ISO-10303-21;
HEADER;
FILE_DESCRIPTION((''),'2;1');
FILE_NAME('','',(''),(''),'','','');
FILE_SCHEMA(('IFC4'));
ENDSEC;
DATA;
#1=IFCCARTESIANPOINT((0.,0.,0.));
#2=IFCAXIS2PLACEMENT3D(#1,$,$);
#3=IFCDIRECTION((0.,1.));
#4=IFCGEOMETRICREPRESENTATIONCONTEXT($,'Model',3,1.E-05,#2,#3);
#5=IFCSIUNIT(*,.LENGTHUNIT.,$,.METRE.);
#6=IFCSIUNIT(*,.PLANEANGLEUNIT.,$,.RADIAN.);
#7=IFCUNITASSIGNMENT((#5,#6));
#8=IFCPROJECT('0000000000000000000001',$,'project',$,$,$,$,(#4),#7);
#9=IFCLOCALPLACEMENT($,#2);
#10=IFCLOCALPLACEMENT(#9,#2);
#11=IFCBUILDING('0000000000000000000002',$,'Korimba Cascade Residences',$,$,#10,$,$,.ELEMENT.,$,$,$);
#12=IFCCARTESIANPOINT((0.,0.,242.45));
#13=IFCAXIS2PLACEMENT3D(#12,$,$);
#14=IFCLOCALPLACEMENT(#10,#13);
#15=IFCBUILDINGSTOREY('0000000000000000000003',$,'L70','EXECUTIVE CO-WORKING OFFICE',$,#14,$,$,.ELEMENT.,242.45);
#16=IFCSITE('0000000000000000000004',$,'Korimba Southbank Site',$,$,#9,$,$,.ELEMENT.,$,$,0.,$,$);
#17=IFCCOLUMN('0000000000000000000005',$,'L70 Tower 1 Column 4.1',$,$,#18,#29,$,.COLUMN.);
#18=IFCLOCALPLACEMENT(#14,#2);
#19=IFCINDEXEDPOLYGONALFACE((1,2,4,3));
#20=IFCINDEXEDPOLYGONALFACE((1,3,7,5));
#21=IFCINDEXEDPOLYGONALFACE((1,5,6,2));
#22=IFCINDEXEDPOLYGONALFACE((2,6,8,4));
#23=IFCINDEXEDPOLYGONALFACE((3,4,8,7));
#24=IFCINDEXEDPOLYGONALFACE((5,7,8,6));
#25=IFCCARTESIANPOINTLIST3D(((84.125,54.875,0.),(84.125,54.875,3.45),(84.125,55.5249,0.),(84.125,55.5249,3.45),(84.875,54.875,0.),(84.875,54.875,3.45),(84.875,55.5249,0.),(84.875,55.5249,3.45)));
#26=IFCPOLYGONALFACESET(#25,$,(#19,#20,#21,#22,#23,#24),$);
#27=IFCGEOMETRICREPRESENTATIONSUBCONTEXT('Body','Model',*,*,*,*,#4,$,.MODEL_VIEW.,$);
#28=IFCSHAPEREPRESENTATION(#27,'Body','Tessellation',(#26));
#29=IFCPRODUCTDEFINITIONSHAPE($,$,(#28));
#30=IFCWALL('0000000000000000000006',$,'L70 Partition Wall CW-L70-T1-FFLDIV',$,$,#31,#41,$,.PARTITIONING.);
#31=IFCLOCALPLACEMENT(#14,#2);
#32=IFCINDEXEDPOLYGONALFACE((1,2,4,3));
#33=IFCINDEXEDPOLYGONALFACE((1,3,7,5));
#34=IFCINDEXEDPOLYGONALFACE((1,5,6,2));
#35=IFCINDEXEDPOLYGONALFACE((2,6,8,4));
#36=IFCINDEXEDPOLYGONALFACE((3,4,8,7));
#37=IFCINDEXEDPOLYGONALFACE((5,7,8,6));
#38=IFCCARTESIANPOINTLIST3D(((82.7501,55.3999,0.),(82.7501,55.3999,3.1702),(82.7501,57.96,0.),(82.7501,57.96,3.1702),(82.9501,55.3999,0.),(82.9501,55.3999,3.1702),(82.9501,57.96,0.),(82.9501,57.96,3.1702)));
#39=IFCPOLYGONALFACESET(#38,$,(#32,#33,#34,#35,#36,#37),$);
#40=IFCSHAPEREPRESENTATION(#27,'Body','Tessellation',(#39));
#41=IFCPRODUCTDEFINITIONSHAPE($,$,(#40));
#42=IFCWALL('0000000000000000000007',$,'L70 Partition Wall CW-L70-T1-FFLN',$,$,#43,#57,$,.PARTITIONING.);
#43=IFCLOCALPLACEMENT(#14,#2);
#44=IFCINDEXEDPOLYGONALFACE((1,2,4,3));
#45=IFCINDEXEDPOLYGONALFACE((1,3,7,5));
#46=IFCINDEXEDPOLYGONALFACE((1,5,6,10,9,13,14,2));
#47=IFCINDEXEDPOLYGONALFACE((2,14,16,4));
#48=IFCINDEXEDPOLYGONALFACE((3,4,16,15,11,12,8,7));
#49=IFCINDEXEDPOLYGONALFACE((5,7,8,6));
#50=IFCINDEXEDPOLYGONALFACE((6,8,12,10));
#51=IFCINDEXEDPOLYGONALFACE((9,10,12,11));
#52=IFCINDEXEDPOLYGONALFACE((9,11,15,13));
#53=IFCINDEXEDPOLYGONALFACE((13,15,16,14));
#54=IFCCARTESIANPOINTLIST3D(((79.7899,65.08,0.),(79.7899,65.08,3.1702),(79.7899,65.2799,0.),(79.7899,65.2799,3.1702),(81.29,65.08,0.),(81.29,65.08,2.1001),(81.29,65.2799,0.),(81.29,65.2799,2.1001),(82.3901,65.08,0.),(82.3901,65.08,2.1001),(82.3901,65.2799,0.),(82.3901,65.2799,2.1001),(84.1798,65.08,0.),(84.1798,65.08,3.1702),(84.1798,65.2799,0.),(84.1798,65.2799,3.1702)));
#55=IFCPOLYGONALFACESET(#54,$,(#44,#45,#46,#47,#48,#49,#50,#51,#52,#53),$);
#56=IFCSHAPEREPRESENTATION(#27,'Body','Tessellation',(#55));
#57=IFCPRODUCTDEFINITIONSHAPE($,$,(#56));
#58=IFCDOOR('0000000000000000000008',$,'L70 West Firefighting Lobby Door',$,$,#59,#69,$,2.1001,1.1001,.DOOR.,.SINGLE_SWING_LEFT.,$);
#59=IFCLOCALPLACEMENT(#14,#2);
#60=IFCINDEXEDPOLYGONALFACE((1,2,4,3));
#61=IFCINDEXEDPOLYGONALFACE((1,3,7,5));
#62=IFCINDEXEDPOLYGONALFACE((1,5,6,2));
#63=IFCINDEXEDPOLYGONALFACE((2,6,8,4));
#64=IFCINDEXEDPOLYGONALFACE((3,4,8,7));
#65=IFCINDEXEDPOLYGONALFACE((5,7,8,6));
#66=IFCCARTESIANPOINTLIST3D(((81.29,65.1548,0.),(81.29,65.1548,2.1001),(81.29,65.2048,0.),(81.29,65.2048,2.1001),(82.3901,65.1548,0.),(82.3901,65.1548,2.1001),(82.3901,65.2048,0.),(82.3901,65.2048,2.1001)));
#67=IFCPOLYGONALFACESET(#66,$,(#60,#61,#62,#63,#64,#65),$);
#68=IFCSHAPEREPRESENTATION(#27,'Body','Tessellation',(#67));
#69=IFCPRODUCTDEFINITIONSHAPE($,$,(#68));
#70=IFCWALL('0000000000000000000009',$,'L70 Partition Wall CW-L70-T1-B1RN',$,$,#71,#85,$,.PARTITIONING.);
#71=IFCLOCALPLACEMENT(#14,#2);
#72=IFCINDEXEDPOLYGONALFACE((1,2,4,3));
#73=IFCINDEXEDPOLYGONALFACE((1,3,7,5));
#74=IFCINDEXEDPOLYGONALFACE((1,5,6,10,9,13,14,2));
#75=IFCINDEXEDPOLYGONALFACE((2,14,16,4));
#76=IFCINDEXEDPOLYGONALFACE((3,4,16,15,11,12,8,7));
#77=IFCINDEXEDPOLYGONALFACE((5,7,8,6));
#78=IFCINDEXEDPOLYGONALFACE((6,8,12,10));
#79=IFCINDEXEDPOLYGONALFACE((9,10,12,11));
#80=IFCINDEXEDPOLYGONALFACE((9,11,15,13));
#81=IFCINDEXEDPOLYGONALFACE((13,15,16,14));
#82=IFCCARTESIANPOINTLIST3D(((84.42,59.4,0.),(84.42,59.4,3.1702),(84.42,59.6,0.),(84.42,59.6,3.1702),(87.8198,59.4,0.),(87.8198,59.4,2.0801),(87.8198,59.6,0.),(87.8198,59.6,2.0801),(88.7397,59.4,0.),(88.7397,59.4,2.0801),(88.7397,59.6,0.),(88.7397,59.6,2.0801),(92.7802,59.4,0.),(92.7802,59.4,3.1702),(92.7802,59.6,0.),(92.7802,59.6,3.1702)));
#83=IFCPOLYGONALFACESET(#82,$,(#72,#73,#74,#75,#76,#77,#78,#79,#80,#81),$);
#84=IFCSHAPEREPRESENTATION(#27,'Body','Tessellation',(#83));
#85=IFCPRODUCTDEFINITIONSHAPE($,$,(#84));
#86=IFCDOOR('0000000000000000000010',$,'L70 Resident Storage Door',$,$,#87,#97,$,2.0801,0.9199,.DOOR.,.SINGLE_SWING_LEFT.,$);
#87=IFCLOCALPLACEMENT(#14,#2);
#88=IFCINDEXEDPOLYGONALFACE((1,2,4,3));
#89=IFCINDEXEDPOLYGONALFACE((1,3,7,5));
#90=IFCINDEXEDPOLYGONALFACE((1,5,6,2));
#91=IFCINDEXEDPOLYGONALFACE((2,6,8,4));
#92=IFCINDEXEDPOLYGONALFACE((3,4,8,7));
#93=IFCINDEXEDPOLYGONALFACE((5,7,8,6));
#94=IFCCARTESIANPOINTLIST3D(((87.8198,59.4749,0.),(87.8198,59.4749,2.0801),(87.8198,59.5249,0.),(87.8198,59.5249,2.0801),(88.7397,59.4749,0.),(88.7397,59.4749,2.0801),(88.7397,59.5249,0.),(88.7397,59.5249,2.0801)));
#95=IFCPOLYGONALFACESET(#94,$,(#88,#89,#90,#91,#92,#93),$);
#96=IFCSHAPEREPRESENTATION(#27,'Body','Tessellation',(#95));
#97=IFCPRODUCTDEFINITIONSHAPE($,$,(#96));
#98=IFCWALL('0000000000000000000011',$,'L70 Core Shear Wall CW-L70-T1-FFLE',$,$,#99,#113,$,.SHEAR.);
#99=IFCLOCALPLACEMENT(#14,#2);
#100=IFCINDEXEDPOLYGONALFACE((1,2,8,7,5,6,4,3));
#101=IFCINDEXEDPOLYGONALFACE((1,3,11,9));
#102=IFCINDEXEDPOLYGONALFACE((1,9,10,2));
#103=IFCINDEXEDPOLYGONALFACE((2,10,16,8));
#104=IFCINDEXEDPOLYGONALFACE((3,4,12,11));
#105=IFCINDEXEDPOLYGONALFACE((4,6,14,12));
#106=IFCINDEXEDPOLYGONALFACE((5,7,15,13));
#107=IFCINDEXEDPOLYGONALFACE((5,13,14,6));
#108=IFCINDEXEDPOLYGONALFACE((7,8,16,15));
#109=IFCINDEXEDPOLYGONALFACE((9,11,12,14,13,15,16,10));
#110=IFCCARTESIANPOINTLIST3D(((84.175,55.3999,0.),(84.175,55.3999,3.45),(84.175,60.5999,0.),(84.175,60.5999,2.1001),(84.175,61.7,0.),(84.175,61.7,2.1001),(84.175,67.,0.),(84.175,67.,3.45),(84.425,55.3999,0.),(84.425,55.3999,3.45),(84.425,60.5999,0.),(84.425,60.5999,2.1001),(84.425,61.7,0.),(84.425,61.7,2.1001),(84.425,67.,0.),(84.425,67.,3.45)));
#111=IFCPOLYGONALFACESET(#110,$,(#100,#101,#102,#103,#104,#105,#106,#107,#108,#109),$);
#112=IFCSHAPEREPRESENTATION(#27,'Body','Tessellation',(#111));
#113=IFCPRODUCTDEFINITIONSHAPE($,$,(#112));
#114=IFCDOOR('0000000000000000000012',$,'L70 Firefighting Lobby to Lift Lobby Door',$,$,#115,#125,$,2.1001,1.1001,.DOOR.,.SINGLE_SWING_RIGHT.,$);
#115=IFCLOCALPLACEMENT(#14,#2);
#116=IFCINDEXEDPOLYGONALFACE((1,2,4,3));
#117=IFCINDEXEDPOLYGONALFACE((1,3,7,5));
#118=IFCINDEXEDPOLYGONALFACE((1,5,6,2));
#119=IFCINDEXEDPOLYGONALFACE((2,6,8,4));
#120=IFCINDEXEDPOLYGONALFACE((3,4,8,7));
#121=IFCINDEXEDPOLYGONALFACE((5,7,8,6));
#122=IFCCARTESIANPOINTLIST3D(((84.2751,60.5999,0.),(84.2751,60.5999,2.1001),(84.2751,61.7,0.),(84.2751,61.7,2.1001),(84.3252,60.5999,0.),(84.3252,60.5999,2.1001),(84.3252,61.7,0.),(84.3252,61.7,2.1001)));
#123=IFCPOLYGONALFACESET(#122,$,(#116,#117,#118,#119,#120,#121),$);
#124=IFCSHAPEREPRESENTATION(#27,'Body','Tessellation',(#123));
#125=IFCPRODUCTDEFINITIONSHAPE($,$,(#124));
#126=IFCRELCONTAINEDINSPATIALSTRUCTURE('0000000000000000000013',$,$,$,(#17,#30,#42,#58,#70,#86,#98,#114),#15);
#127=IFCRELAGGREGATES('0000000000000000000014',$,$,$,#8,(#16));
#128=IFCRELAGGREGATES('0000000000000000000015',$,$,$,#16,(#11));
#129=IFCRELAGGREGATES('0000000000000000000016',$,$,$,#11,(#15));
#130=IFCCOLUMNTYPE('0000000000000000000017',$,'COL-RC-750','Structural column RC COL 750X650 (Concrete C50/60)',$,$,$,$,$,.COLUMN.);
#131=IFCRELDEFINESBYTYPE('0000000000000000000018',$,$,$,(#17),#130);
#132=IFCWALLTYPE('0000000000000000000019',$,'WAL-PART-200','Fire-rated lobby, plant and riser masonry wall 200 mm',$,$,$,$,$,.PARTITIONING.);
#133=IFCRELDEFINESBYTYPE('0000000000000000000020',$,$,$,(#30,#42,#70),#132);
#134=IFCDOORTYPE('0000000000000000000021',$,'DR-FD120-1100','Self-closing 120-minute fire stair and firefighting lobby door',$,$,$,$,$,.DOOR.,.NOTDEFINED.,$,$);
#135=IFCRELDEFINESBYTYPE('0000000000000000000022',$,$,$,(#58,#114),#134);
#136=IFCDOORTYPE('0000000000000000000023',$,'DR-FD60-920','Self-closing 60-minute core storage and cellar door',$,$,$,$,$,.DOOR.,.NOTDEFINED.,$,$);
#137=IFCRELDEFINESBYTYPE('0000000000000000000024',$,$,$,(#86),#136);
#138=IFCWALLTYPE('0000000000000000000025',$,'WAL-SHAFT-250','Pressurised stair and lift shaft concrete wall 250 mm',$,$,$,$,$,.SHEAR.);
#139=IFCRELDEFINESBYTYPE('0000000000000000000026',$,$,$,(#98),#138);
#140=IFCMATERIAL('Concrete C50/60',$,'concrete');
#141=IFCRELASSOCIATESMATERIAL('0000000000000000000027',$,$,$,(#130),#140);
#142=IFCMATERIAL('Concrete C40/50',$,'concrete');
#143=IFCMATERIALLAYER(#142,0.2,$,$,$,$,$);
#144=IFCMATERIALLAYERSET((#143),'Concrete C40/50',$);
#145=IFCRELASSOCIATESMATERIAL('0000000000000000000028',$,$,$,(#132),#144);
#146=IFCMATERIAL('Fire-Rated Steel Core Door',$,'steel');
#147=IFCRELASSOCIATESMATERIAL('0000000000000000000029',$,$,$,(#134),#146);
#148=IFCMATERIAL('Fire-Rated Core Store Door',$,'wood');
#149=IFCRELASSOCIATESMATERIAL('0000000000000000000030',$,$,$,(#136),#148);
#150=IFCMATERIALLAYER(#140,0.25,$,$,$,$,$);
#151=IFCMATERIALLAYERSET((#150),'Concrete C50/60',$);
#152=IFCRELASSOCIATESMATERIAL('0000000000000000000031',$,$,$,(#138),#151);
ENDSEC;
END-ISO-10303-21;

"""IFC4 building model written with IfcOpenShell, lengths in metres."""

from ifc_helpers import new_model, si_unit, direction, frame, frame_2d, origin, origin_2d, place, context, subcontext, project, spatial, rectangle, extrude, material, layer, layer_set, material_profile, profile_set, type_object, element, fill, save


model = new_model("IFC4")

# Units and contexts
model_context = context("Model", 3, precision=1e-05, world=origin(), true_north=direction((0.0, 1.0)))
body_context = subcontext(model_context, "Body", "Model", "MODEL_VIEW")
ifc_project = project(units=[si_unit("LENGTHUNIT", "METRE"), si_unit("PLANEANGLEUNIT", "RADIAN")], contexts=[model_context])

# Site, building, storey
site_placement = place(None, origin())
site = spatial("IfcSite", under=ifc_project, at=site_placement, Name="Korimba Southbank Site", CompositionType="ELEMENT", RefElevation=0.0)
building_placement = place(site_placement, origin())
building = spatial("IfcBuilding", under=site, at=building_placement, Name="Korimba Cascade Residences", CompositionType="ELEMENT")
storey_placement = place(building_placement, frame((0.0, 0.0, 242.45)))
storey = spatial("IfcBuildingStorey", under=building, at=storey_placement, Name="L70", Description="EXECUTIVE CO-WORKING OFFICE", CompositionType="ELEMENT", Elevation=242.45)

# Column
ifc_material_1 = material(Name="Concrete C50/60", Category="concrete")
ifc_material_profile = material_profile(ifc_material_1, rectangle(XDim=0.75, YDim=0.6499, at=origin_2d()), Name="Concrete C50/60")
ifc_profile_set = profile_set([ifc_material_profile], Name="Concrete C50/60")
column_type = type_object("IfcColumnType", Name="COL-RC-750", Description="Structural column RC COL 750X650 (Concrete C50/60)", PredefinedType="COLUMN", material=ifc_profile_set)
column_placement = place(storey_placement, frame((84.5, 55.2, 0.0), z_axis=(0.0, 0.0, 1.0), x_axis=(1.0, 0.0, 0.0)))
element("IfcColumn", 1, at=column_placement, inside=storey, type_object=column_type, Name="L70 Tower 1 Column 4.1", PredefinedType="COLUMN", context=body_context, shape_type="SweptSolid", body=[
    extrude(rectangle(XDim=0.75, YDim=0.6499, at=origin_2d()), origin(), (0.0, 0.0, 1.0), 3.45),
])

# Wall
ifc_material_2 = material(Name="Concrete C40/50", Category="concrete")
ifc_layer_1 = layer(ifc_material_2, 0.2)
ifc_layer_set_1 = layer_set([ifc_layer_1], Name="Concrete C40/50")
wall_type_1 = type_object("IfcWallType", Name="WAL-PART-200", Description="Fire-rated lobby, plant and riser masonry wall 200 mm", PredefinedType="PARTITIONING", material=ifc_layer_set_1)
wall_1_placement = place(storey_placement, frame((82.8501, 55.3999, 0.0), z_axis=(0.0, 0.0, 1.0), x_axis=(0.0, 1.0, 0.0)))
element("IfcWall", 2, at=wall_1_placement, inside=storey, type_object=wall_type_1, Name="L70 Partition Wall CW-L70-T1-FFLDIV", PredefinedType="PARTITIONING", context=body_context, shape_type="SweptSolid", body=[
    extrude(rectangle(XDim=2.5601, YDim=0.2, at=frame_2d((1.28, 0.0))), origin(), (0.0, 0.0, 1.0), 3.1702),
])

# Walls, openings, doors
wall_2_placement = place(storey_placement, frame((79.79, 65.1799, 0.0), z_axis=(0.0, 0.0, 1.0), x_axis=(1.0, 0.0, 0.0)))
wall_2 = element("IfcWall", 3, at=wall_2_placement, inside=storey, type_object=wall_type_1, Name="L70 Partition Wall CW-L70-T1-FFLN", PredefinedType="PARTITIONING", context=body_context, shape_type="SweptSolid", body=[
    extrude(rectangle(XDim=4.3899, YDim=0.2, at=frame_2d((2.1948, 0.0))), origin(), (0.0, 0.0, 1.0), 3.1702),
])
opening_1_placement = place(wall_2_placement, frame((1.5, 0.0, 0.0)))
opening_1 = element("IfcOpeningElement", 4, at=opening_1_placement, cuts=wall_2, PredefinedType="OPENING", context=body_context, shape_type="SweptSolid", body=[
    extrude(rectangle(XDim=1.1001, YDim=2.1001, at=frame_2d((0.55, 1.05))), frame((0.0, 0.1099, 0.0), z_axis=(0.0, -1.0, 0.0), x_axis=(1.0, 0.0, 0.0)), (0.0, 0.0, 1.0), 0.22),
])
ifc_material_3 = material(Name="Fire-Rated Steel Core Door", Category="steel")
door_type_1 = type_object("IfcDoorType", Name="DR-FD120-1100", Description="Self-closing 120-minute fire stair and firefighting lobby door", OperationType="NOTDEFINED", PredefinedType="DOOR", material=ifc_material_3)
door_1_placement = place(opening_1_placement, origin())
door_1 = element("IfcDoor", 5, at=door_1_placement, inside=storey, type_object=door_type_1, Name="L70 West Firefighting Lobby Door", OperationType="SINGLE_SWING_LEFT", OverallHeight=2.1001, OverallWidth=1.1001, PredefinedType="DOOR", context=body_context, shape_type="SweptSolid", body=[
    extrude(rectangle(XDim=1.1001, YDim=2.1001, at=frame_2d((0.55, 1.05))), frame((0.0, 0.0249, 0.0), z_axis=(0.0, -1.0, 0.0), x_axis=(1.0, 0.0, 0.0)), (0.0, 0.0, 1.0), 0.05),
])
fill(opening_1, door_1)
wall_3_placement = place(storey_placement, frame((84.4199, 59.5, 0.0), z_axis=(0.0, 0.0, 1.0), x_axis=(1.0, 0.0, 0.0)))
wall_3 = element("IfcWall", 6, at=wall_3_placement, inside=storey, type_object=wall_type_1, Name="L70 Partition Wall CW-L70-T1-B1RN", PredefinedType="PARTITIONING", context=body_context, shape_type="SweptSolid", body=[
    extrude(rectangle(XDim=8.3601, YDim=0.2, at=frame_2d((4.1802, 0.0))), origin(), (0.0, 0.0, 1.0), 3.1702),
])
opening_2_placement = place(wall_3_placement, frame((3.3999, 0.0, 0.0)))
opening_2 = element("IfcOpeningElement", 7, at=opening_2_placement, cuts=wall_3, PredefinedType="OPENING", context=body_context, shape_type="SweptSolid", body=[
    extrude(rectangle(XDim=0.9199, YDim=2.0801, at=frame_2d((0.46, 1.04))), frame((0.0, 0.1099, 0.0), z_axis=(0.0, -1.0, 0.0), x_axis=(1.0, 0.0, 0.0)), (0.0, 0.0, 1.0), 0.22),
])
ifc_material_4 = material(Name="Fire-Rated Core Store Door", Category="wood")
door_type_2 = type_object("IfcDoorType", Name="DR-FD60-920", Description="Self-closing 60-minute core storage and cellar door", OperationType="NOTDEFINED", PredefinedType="DOOR", material=ifc_material_4)
door_2_placement = place(opening_2_placement, origin())
door_2 = element("IfcDoor", 8, at=door_2_placement, inside=storey, type_object=door_type_2, Name="L70 Resident Storage Door", OperationType="SINGLE_SWING_LEFT", OverallHeight=2.0801, OverallWidth=0.9199, PredefinedType="DOOR", context=body_context, shape_type="SweptSolid", body=[
    extrude(rectangle(XDim=0.9199, YDim=2.0801, at=frame_2d((0.46, 1.04))), frame((0.0, 0.0249, 0.0), z_axis=(0.0, -1.0, 0.0), x_axis=(1.0, 0.0, 0.0)), (0.0, 0.0, 1.0), 0.05),
])
fill(opening_2, door_2)

# Shared definitions
ifc_layer_2 = layer(ifc_material_1, 0.25)
ifc_layer_set_2 = layer_set([ifc_layer_2], Name="Concrete C50/60")
wall_type_2 = type_object("IfcWallType", Name="WAL-SHAFT-250", Description="Pressurised stair and lift shaft concrete wall 250 mm", PredefinedType="SHEAR", material=ifc_layer_set_2)

# Wall, opening, door
wall_4_placement = place(storey_placement, frame((84.3, 55.3999, 0.0), z_axis=(0.0, 0.0, 1.0), x_axis=(0.0, 1.0, 0.0)))
wall_4 = element("IfcWall", 9, at=wall_4_placement, inside=storey, type_object=wall_type_2, Name="L70 Core Shear Wall CW-L70-T1-FFLE", PredefinedType="SHEAR", context=body_context, shape_type="SweptSolid", body=[
    extrude(rectangle(XDim=11.6001, YDim=0.25, at=frame_2d((5.8, 0.0))), origin(), (0.0, 0.0, 1.0), 3.45),
])
opening_3_placement = place(wall_4_placement, frame((5.2, 0.0, 0.0)))
opening_3 = element("IfcOpeningElement", 10, at=opening_3_placement, cuts=wall_4, PredefinedType="OPENING", context=body_context, shape_type="SweptSolid", body=[
    extrude(rectangle(XDim=1.1001, YDim=2.1001, at=frame_2d((0.55, 1.05))), frame((0.0, 0.135, 0.0), z_axis=(0.0, -1.0, 0.0), x_axis=(1.0, 0.0, 0.0)), (0.0, 0.0, 1.0), 0.27),
])
door_3_placement = place(opening_3_placement, origin())
door_3 = element("IfcDoor", 11, at=door_3_placement, inside=storey, type_object=door_type_1, Name="L70 Firefighting Lobby to Lift Lobby Door", OperationType="SINGLE_SWING_RIGHT", OverallHeight=2.1001, OverallWidth=1.1001, PredefinedType="DOOR", context=body_context, shape_type="SweptSolid", body=[
    extrude(rectangle(XDim=1.1001, YDim=2.1001, at=frame_2d((0.55, 1.05))), frame((0.0, 0.0249, 0.0), z_axis=(0.0, -1.0, 0.0), x_axis=(1.0, 0.0, 0.0)), (0.0, 0.0, 1.0), 0.05),
])
fill(opening_3, door_3)

save(model, "model.ifc")
